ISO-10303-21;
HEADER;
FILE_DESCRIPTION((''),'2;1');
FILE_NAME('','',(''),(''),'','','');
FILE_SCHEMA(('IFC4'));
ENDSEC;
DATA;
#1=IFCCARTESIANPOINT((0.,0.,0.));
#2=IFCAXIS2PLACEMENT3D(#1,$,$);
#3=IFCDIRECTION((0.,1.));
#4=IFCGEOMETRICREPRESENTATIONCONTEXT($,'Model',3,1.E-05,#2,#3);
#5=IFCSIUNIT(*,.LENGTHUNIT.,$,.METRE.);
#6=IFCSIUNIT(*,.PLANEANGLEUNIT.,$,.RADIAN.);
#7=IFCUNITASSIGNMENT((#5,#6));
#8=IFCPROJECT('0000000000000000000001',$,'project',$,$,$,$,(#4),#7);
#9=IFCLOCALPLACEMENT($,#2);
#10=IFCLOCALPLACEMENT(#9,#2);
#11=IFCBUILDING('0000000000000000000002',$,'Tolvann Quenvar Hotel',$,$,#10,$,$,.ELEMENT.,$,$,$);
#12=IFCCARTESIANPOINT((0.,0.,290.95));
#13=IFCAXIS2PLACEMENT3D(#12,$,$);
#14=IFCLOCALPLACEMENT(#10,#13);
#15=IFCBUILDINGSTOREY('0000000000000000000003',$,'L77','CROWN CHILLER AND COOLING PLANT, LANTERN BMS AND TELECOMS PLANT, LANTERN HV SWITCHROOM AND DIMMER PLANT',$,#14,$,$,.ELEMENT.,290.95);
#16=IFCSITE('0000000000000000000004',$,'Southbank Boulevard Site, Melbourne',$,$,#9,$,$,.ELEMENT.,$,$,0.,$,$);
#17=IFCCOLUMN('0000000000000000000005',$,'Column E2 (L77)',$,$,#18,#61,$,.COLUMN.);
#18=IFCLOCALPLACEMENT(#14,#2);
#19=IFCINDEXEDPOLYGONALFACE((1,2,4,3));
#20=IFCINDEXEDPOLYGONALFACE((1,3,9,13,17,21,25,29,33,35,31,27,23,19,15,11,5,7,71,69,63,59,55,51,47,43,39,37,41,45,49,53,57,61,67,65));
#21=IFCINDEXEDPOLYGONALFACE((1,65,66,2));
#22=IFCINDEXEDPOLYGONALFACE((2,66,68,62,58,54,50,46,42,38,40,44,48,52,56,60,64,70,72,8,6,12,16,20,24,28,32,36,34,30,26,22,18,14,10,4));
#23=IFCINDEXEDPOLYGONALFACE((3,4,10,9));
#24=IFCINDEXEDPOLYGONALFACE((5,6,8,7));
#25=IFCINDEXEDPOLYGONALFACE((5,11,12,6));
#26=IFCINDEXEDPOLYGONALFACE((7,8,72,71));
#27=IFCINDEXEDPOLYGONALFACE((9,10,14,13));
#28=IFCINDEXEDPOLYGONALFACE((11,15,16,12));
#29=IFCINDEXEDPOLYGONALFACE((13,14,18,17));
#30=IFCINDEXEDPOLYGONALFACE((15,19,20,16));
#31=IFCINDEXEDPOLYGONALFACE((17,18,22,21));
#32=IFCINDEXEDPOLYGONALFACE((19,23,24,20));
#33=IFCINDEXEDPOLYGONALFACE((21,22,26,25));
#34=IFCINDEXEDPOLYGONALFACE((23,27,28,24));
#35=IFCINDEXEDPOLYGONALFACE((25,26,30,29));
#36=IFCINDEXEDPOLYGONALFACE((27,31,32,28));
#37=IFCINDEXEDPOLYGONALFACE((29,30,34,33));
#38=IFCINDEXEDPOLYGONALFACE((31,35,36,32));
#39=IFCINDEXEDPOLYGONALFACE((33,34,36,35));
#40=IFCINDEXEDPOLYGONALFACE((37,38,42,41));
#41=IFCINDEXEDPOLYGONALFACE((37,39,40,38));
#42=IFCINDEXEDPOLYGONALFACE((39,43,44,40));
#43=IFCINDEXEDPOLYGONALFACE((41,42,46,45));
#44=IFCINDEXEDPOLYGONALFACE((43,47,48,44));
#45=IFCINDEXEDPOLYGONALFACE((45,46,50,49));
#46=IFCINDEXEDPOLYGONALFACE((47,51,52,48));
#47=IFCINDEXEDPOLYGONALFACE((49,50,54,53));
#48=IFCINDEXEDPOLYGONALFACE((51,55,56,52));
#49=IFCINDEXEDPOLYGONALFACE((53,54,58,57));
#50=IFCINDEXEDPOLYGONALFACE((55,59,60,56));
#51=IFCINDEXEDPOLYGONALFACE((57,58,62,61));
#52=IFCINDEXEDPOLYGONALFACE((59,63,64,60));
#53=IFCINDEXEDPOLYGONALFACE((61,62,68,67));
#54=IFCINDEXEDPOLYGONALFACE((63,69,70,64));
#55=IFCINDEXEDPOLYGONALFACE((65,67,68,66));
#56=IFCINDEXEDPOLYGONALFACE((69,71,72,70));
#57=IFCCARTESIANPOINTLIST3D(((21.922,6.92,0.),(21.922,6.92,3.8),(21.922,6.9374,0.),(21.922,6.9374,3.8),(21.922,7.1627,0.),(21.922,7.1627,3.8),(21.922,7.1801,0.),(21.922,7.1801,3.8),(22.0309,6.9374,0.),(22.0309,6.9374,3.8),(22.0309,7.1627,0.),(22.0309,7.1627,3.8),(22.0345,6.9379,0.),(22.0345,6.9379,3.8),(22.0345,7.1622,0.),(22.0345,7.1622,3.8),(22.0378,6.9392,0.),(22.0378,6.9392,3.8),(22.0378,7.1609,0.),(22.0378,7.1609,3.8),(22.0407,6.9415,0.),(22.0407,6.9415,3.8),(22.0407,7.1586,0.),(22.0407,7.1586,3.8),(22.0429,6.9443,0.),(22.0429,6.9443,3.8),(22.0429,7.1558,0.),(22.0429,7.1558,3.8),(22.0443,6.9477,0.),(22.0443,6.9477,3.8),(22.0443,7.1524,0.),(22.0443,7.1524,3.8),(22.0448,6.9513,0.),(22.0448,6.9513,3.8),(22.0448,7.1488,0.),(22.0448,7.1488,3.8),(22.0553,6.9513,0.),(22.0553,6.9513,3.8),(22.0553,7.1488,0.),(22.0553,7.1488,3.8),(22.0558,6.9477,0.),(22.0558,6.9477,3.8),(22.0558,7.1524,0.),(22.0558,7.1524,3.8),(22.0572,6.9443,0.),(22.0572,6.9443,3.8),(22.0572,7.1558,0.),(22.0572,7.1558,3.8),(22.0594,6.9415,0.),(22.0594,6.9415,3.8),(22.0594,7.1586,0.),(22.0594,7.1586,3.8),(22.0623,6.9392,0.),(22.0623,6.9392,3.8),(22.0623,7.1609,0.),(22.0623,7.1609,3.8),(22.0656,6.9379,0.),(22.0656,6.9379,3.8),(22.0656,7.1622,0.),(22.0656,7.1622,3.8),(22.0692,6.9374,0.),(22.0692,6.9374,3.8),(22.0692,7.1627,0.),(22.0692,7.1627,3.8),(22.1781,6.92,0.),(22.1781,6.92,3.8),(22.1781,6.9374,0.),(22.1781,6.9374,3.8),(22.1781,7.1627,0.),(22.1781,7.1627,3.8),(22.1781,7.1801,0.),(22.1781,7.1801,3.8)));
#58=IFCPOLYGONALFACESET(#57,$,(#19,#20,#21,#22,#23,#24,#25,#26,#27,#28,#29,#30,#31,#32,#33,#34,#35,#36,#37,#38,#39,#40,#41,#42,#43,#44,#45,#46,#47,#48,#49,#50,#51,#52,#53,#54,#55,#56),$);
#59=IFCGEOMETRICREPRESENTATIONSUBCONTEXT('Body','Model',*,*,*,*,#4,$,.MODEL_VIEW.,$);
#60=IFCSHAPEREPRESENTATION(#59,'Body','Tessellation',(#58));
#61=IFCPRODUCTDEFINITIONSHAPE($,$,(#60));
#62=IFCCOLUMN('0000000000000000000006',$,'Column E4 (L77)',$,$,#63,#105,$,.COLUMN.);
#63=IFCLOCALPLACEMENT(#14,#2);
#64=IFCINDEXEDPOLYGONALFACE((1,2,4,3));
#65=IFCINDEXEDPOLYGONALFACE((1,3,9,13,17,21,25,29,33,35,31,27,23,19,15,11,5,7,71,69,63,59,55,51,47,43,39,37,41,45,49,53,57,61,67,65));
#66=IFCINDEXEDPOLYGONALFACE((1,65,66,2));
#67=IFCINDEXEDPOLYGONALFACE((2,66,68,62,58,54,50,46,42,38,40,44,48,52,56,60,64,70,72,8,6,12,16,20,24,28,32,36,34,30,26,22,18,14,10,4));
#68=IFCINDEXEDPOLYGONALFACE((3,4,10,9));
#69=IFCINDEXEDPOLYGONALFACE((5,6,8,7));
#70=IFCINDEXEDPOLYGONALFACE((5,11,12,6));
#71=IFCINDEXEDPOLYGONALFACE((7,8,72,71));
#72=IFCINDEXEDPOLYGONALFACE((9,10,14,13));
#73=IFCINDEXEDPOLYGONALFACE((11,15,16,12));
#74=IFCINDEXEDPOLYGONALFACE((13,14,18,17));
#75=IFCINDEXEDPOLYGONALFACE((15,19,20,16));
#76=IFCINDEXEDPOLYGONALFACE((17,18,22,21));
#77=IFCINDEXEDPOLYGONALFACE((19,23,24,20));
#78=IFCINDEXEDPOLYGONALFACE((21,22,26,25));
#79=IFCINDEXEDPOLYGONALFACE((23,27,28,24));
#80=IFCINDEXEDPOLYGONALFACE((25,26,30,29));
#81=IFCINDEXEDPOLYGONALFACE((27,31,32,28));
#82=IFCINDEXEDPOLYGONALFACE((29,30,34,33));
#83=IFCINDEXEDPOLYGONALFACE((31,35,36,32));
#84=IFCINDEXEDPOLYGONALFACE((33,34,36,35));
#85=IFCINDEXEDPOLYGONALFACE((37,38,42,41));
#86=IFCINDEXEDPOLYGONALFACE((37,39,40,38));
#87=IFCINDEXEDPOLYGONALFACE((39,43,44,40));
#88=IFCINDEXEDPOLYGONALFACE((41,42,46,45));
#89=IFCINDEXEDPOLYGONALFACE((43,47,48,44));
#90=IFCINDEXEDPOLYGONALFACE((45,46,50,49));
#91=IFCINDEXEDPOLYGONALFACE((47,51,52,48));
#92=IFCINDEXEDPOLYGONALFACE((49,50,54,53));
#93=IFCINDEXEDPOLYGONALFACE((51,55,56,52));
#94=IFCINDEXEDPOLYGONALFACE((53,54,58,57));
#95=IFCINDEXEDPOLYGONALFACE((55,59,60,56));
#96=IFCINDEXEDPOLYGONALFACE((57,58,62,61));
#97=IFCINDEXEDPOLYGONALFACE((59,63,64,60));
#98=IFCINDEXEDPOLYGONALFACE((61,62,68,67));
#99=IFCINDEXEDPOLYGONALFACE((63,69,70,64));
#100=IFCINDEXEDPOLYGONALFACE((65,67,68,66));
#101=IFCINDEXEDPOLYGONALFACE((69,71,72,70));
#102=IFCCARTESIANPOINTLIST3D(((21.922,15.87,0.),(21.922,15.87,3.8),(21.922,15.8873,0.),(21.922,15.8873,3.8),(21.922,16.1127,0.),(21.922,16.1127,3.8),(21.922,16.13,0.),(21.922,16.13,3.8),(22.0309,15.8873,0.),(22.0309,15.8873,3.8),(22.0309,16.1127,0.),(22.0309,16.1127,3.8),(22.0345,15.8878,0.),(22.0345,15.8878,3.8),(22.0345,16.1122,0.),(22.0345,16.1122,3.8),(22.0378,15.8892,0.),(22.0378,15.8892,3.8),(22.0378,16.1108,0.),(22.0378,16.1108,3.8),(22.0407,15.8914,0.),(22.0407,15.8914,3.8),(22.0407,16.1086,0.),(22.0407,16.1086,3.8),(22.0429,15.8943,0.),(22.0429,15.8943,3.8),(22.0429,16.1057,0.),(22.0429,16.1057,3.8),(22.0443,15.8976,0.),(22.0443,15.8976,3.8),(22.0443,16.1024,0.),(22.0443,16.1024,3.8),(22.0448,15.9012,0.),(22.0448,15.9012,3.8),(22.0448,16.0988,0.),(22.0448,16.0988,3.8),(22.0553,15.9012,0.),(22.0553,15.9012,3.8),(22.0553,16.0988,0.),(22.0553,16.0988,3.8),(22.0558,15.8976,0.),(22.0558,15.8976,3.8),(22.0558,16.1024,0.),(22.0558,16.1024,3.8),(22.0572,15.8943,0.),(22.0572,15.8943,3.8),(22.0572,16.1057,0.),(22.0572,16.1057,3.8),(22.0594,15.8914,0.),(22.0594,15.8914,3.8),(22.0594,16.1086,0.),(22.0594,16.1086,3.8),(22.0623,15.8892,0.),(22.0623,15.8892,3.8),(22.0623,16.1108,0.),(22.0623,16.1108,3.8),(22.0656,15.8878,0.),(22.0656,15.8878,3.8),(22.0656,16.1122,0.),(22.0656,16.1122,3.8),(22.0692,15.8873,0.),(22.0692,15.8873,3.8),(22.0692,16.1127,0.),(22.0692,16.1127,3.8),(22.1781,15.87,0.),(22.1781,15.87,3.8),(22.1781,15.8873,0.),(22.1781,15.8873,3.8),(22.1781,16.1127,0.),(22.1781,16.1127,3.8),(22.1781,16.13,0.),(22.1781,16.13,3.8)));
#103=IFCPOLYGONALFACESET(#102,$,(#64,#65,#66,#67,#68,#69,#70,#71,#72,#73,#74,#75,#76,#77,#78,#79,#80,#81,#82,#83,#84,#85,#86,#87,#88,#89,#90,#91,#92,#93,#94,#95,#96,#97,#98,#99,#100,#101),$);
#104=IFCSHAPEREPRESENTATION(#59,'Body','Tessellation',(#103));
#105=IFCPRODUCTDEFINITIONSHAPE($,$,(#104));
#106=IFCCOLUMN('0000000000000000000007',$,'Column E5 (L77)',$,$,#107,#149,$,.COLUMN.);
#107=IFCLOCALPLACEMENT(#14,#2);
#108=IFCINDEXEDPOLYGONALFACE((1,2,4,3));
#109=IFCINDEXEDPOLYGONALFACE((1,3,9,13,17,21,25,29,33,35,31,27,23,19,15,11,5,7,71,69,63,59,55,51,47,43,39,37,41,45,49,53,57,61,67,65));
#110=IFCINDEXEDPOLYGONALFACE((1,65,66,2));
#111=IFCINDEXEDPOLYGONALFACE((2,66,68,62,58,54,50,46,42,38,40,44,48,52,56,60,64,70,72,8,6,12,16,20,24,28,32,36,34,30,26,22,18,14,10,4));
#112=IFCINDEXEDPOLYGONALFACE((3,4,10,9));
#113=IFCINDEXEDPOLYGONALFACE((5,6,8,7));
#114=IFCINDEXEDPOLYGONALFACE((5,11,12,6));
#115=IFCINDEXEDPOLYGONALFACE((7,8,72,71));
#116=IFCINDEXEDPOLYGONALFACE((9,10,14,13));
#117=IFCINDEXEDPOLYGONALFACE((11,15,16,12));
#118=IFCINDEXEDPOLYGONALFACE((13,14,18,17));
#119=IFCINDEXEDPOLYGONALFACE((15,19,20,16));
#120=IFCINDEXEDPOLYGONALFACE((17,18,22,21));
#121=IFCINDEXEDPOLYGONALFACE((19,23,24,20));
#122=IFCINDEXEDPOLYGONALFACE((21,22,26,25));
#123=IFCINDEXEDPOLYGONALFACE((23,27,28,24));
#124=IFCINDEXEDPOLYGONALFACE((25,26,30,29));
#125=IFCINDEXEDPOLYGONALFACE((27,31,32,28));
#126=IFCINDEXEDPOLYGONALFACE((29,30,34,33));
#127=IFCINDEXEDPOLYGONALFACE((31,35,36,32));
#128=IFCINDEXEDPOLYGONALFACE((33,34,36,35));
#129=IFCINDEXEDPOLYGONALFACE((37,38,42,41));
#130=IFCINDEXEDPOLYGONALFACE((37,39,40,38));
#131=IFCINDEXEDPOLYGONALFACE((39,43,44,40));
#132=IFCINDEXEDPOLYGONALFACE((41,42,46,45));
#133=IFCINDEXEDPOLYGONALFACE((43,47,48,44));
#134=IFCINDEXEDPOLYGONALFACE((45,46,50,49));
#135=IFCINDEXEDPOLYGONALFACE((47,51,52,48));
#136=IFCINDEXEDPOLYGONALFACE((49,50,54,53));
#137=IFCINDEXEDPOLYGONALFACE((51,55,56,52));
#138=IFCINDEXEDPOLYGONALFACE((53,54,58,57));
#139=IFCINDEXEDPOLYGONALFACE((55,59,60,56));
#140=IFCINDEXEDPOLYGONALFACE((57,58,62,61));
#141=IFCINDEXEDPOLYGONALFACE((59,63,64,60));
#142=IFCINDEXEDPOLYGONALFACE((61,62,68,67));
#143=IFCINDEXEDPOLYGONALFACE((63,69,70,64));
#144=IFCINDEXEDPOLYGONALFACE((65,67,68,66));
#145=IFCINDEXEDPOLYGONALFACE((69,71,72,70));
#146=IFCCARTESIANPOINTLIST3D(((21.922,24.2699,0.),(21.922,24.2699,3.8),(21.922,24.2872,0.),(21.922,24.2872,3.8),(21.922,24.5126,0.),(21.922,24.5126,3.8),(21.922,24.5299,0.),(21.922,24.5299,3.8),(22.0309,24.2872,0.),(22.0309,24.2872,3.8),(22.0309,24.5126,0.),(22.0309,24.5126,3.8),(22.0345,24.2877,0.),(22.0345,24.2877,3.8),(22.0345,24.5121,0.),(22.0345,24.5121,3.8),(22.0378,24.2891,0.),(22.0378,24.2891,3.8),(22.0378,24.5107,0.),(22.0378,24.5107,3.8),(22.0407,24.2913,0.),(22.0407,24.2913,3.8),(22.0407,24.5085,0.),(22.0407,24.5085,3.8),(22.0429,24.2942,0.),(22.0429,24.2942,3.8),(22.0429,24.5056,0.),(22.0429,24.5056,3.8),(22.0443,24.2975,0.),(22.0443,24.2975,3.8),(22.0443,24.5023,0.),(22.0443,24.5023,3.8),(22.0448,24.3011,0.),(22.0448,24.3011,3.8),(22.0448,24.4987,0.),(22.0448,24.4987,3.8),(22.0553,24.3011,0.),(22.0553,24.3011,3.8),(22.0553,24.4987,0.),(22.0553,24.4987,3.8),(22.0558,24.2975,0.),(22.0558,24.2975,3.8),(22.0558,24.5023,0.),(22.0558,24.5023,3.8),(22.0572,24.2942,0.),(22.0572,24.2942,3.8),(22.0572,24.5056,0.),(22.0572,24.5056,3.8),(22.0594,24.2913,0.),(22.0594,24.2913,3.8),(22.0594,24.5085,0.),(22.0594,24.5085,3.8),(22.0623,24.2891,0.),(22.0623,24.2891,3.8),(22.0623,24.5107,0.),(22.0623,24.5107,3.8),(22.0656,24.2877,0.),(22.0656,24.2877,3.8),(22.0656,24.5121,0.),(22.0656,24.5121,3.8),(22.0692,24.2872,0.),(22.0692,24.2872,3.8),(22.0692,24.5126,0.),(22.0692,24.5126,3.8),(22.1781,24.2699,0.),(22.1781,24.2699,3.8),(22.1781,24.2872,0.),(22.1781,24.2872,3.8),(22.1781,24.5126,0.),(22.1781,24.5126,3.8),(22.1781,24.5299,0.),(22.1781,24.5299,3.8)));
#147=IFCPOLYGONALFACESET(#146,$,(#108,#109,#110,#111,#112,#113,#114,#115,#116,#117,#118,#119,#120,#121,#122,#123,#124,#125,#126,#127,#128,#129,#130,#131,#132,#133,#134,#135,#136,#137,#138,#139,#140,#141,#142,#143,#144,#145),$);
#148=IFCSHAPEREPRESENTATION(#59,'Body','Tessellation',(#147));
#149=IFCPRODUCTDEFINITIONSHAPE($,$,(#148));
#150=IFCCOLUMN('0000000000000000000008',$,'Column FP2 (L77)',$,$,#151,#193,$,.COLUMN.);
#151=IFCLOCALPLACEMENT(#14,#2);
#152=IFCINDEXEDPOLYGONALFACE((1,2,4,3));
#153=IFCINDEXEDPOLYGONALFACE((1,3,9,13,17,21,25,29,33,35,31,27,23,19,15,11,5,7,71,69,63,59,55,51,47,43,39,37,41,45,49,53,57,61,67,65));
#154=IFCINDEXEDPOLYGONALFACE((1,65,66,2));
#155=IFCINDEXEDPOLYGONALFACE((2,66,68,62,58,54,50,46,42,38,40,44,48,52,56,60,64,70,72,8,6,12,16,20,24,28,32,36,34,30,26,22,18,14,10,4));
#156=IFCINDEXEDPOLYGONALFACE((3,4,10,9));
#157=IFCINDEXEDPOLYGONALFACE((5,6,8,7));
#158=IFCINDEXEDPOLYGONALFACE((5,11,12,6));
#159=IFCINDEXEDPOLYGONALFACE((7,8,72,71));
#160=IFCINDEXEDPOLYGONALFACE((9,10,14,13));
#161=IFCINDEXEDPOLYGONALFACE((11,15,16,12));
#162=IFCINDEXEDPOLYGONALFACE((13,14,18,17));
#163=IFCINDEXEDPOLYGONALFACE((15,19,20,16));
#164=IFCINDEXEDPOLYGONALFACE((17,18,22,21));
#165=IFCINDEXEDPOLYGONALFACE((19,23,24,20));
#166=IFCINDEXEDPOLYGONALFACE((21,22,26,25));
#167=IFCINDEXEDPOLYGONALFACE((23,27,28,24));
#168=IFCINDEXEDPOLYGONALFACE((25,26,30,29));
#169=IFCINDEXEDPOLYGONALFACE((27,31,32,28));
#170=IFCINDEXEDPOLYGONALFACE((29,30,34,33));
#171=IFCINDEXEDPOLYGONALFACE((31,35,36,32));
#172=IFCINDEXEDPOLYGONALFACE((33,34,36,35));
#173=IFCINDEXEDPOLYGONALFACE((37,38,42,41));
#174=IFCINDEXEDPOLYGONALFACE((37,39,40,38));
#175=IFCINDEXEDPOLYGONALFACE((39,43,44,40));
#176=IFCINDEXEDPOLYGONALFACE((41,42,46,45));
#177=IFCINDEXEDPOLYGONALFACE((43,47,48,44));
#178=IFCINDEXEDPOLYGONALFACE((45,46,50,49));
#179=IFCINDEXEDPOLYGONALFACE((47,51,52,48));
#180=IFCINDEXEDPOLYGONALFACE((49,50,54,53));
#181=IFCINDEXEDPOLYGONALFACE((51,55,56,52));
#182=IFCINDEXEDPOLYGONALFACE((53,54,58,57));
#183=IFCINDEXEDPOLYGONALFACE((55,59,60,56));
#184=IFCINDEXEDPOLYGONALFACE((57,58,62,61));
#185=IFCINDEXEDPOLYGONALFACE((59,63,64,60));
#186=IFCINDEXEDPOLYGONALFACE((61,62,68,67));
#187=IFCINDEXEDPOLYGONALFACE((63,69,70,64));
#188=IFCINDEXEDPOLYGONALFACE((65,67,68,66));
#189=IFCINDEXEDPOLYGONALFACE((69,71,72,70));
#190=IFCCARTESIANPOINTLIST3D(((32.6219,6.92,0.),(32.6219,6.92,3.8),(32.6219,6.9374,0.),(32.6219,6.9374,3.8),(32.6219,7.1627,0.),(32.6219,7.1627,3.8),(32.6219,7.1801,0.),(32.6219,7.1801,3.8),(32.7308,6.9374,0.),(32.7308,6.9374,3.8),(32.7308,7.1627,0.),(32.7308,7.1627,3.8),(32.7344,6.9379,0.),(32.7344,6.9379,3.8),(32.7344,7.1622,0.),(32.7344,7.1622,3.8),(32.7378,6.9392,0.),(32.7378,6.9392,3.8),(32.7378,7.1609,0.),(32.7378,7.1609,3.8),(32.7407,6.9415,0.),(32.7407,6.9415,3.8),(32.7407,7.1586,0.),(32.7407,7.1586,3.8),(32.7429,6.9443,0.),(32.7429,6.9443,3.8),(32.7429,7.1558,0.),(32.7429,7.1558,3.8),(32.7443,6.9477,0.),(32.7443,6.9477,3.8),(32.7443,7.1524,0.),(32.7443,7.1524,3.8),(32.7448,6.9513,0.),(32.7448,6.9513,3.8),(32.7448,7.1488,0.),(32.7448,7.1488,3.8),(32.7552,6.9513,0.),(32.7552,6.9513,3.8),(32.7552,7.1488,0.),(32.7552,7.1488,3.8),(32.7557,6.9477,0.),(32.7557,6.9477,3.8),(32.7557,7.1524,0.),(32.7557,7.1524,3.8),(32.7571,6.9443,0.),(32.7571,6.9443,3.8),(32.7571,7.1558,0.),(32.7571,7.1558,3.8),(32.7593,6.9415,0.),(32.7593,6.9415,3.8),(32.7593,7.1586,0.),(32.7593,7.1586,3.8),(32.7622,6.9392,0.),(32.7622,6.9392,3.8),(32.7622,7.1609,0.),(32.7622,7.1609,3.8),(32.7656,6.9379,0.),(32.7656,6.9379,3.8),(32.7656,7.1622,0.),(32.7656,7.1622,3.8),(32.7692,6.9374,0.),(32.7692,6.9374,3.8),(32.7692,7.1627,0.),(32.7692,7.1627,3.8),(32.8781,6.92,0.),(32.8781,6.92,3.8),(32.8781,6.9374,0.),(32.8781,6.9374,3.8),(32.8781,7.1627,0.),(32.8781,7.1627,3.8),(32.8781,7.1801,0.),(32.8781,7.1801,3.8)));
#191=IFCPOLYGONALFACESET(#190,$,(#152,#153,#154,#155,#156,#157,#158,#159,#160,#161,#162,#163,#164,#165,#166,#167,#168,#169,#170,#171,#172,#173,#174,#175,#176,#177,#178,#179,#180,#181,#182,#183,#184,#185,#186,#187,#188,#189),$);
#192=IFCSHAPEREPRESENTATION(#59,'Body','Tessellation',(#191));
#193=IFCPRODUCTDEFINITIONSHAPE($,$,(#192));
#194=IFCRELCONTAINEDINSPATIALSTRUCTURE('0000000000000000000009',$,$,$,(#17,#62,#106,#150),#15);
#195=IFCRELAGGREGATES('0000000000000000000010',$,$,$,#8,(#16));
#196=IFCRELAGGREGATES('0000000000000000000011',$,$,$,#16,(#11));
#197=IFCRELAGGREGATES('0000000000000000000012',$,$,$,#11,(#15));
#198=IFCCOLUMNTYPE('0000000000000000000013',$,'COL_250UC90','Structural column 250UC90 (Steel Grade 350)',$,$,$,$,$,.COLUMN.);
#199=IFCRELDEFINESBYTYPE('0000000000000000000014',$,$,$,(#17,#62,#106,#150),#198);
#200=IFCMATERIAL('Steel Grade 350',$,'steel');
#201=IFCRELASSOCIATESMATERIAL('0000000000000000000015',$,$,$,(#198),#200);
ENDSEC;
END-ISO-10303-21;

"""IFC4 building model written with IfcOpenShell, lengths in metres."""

from ifc_helpers import new_model, si_unit, direction, frame, origin, origin_2d, place, context, subcontext, project, spatial, i_section, extrude, source, transform, mapped, material, material_profile, profile_set, type_object, type_shapes, element, save


model = new_model("IFC4")

# Units and contexts
model_context = context("Model", 3, precision=1e-05, world=origin(), true_north=direction((0.0, 1.0)))
body_context = subcontext(model_context, "Body", "Model", "MODEL_VIEW")
ifc_project = project(units=[si_unit("LENGTHUNIT", "METRE"), si_unit("PLANEANGLEUNIT", "RADIAN")], contexts=[model_context])

# Site, building, storey
site_placement = place(None, origin())
site = spatial("IfcSite", under=ifc_project, at=site_placement, Name="Southbank Boulevard Site, Melbourne", CompositionType="ELEMENT", RefElevation=0.0)
building_placement = place(site_placement, origin())
building = spatial("IfcBuilding", under=site, at=building_placement, Name="Tolvann Quenvar Hotel", CompositionType="ELEMENT")
storey_placement = place(building_placement, frame((0.0, 0.0, 290.95)))
storey = spatial("IfcBuildingStorey", under=building, at=storey_placement, Name="L77", Description="CROWN CHILLER AND COOLING PLANT, LANTERN BMS AND TELECOMS PLANT, LANTERN HV SWITCHROOM AND DIMMER PLANT", CompositionType="ELEMENT", Elevation=290.95)

# Columns
ifc_material_1 = material(Name="Steel Grade 350", Category="steel")
ifc_material_profile_1 = material_profile(ifc_material_1, i_section(OverallWidth=0.2561, OverallDepth=0.26, WebThickness=0.0105, FlangeThickness=0.0173, FilletRadius=0.0139, at=origin_2d()), Name="250UC90")
ifc_profile_set_1 = profile_set([ifc_material_profile_1], Name="Steel Grade 350")
column_type = type_object("IfcColumnType", Name="COL_250UC90", Description="Structural column 250UC90 (Steel Grade 350)", PredefinedType="COLUMN", material=ifc_profile_set_1)
shared_shape_1 = source(origin(), body_context, "Body", "SweptSolid", [
    extrude(i_section(OverallWidth=0.2561, OverallDepth=0.26, WebThickness=0.0105, FlangeThickness=0.0173, FilletRadius=0.0139, at=origin_2d()), origin(), (0.0, 0.0, 1.0), 3.8),
])
type_shapes(column_type, [shared_shape_1])
for number, where, z_axis, x_axis, name in (
    (1, (22.05, 7.05, 0.0), (0.0, 0.0, 1.0), (1.0, 0.0, 0.0), "Column E2 (L77)"),
    (2, (22.05, 16.0, 0.0), (0.0, 0.0, 1.0), (1.0, 0.0, 0.0), "Column E4 (L77)"),
    (3, (22.05, 24.3999, 0.0), (0.0, 0.0, 1.0), (1.0, 0.0, 0.0), "Column E5 (L77)"),
    (4, (32.75, 7.05, 0.0), (0.0, 0.0, 1.0), (1.0, 0.0, 0.0), "Column FP2 (L77)"),
):
    element("IfcColumn", number, at=place(storey_placement, frame(where, z_axis=z_axis, x_axis=x_axis)), inside=storey, type_object=column_type, Name=name, PredefinedType="COLUMN", context=body_context, shape_type="MappedRepresentation", body=[
        mapped(shared_shape_1, transform((0.0, 0.0, 0.0), x_axis=(1.0, 0.0, 0.0), y_axis=(0.0, 1.0, 0.0), z_axis=(0.0, 0.0, 1.0), scale=1.0)),
    ])

save(model, "model.ifc")
